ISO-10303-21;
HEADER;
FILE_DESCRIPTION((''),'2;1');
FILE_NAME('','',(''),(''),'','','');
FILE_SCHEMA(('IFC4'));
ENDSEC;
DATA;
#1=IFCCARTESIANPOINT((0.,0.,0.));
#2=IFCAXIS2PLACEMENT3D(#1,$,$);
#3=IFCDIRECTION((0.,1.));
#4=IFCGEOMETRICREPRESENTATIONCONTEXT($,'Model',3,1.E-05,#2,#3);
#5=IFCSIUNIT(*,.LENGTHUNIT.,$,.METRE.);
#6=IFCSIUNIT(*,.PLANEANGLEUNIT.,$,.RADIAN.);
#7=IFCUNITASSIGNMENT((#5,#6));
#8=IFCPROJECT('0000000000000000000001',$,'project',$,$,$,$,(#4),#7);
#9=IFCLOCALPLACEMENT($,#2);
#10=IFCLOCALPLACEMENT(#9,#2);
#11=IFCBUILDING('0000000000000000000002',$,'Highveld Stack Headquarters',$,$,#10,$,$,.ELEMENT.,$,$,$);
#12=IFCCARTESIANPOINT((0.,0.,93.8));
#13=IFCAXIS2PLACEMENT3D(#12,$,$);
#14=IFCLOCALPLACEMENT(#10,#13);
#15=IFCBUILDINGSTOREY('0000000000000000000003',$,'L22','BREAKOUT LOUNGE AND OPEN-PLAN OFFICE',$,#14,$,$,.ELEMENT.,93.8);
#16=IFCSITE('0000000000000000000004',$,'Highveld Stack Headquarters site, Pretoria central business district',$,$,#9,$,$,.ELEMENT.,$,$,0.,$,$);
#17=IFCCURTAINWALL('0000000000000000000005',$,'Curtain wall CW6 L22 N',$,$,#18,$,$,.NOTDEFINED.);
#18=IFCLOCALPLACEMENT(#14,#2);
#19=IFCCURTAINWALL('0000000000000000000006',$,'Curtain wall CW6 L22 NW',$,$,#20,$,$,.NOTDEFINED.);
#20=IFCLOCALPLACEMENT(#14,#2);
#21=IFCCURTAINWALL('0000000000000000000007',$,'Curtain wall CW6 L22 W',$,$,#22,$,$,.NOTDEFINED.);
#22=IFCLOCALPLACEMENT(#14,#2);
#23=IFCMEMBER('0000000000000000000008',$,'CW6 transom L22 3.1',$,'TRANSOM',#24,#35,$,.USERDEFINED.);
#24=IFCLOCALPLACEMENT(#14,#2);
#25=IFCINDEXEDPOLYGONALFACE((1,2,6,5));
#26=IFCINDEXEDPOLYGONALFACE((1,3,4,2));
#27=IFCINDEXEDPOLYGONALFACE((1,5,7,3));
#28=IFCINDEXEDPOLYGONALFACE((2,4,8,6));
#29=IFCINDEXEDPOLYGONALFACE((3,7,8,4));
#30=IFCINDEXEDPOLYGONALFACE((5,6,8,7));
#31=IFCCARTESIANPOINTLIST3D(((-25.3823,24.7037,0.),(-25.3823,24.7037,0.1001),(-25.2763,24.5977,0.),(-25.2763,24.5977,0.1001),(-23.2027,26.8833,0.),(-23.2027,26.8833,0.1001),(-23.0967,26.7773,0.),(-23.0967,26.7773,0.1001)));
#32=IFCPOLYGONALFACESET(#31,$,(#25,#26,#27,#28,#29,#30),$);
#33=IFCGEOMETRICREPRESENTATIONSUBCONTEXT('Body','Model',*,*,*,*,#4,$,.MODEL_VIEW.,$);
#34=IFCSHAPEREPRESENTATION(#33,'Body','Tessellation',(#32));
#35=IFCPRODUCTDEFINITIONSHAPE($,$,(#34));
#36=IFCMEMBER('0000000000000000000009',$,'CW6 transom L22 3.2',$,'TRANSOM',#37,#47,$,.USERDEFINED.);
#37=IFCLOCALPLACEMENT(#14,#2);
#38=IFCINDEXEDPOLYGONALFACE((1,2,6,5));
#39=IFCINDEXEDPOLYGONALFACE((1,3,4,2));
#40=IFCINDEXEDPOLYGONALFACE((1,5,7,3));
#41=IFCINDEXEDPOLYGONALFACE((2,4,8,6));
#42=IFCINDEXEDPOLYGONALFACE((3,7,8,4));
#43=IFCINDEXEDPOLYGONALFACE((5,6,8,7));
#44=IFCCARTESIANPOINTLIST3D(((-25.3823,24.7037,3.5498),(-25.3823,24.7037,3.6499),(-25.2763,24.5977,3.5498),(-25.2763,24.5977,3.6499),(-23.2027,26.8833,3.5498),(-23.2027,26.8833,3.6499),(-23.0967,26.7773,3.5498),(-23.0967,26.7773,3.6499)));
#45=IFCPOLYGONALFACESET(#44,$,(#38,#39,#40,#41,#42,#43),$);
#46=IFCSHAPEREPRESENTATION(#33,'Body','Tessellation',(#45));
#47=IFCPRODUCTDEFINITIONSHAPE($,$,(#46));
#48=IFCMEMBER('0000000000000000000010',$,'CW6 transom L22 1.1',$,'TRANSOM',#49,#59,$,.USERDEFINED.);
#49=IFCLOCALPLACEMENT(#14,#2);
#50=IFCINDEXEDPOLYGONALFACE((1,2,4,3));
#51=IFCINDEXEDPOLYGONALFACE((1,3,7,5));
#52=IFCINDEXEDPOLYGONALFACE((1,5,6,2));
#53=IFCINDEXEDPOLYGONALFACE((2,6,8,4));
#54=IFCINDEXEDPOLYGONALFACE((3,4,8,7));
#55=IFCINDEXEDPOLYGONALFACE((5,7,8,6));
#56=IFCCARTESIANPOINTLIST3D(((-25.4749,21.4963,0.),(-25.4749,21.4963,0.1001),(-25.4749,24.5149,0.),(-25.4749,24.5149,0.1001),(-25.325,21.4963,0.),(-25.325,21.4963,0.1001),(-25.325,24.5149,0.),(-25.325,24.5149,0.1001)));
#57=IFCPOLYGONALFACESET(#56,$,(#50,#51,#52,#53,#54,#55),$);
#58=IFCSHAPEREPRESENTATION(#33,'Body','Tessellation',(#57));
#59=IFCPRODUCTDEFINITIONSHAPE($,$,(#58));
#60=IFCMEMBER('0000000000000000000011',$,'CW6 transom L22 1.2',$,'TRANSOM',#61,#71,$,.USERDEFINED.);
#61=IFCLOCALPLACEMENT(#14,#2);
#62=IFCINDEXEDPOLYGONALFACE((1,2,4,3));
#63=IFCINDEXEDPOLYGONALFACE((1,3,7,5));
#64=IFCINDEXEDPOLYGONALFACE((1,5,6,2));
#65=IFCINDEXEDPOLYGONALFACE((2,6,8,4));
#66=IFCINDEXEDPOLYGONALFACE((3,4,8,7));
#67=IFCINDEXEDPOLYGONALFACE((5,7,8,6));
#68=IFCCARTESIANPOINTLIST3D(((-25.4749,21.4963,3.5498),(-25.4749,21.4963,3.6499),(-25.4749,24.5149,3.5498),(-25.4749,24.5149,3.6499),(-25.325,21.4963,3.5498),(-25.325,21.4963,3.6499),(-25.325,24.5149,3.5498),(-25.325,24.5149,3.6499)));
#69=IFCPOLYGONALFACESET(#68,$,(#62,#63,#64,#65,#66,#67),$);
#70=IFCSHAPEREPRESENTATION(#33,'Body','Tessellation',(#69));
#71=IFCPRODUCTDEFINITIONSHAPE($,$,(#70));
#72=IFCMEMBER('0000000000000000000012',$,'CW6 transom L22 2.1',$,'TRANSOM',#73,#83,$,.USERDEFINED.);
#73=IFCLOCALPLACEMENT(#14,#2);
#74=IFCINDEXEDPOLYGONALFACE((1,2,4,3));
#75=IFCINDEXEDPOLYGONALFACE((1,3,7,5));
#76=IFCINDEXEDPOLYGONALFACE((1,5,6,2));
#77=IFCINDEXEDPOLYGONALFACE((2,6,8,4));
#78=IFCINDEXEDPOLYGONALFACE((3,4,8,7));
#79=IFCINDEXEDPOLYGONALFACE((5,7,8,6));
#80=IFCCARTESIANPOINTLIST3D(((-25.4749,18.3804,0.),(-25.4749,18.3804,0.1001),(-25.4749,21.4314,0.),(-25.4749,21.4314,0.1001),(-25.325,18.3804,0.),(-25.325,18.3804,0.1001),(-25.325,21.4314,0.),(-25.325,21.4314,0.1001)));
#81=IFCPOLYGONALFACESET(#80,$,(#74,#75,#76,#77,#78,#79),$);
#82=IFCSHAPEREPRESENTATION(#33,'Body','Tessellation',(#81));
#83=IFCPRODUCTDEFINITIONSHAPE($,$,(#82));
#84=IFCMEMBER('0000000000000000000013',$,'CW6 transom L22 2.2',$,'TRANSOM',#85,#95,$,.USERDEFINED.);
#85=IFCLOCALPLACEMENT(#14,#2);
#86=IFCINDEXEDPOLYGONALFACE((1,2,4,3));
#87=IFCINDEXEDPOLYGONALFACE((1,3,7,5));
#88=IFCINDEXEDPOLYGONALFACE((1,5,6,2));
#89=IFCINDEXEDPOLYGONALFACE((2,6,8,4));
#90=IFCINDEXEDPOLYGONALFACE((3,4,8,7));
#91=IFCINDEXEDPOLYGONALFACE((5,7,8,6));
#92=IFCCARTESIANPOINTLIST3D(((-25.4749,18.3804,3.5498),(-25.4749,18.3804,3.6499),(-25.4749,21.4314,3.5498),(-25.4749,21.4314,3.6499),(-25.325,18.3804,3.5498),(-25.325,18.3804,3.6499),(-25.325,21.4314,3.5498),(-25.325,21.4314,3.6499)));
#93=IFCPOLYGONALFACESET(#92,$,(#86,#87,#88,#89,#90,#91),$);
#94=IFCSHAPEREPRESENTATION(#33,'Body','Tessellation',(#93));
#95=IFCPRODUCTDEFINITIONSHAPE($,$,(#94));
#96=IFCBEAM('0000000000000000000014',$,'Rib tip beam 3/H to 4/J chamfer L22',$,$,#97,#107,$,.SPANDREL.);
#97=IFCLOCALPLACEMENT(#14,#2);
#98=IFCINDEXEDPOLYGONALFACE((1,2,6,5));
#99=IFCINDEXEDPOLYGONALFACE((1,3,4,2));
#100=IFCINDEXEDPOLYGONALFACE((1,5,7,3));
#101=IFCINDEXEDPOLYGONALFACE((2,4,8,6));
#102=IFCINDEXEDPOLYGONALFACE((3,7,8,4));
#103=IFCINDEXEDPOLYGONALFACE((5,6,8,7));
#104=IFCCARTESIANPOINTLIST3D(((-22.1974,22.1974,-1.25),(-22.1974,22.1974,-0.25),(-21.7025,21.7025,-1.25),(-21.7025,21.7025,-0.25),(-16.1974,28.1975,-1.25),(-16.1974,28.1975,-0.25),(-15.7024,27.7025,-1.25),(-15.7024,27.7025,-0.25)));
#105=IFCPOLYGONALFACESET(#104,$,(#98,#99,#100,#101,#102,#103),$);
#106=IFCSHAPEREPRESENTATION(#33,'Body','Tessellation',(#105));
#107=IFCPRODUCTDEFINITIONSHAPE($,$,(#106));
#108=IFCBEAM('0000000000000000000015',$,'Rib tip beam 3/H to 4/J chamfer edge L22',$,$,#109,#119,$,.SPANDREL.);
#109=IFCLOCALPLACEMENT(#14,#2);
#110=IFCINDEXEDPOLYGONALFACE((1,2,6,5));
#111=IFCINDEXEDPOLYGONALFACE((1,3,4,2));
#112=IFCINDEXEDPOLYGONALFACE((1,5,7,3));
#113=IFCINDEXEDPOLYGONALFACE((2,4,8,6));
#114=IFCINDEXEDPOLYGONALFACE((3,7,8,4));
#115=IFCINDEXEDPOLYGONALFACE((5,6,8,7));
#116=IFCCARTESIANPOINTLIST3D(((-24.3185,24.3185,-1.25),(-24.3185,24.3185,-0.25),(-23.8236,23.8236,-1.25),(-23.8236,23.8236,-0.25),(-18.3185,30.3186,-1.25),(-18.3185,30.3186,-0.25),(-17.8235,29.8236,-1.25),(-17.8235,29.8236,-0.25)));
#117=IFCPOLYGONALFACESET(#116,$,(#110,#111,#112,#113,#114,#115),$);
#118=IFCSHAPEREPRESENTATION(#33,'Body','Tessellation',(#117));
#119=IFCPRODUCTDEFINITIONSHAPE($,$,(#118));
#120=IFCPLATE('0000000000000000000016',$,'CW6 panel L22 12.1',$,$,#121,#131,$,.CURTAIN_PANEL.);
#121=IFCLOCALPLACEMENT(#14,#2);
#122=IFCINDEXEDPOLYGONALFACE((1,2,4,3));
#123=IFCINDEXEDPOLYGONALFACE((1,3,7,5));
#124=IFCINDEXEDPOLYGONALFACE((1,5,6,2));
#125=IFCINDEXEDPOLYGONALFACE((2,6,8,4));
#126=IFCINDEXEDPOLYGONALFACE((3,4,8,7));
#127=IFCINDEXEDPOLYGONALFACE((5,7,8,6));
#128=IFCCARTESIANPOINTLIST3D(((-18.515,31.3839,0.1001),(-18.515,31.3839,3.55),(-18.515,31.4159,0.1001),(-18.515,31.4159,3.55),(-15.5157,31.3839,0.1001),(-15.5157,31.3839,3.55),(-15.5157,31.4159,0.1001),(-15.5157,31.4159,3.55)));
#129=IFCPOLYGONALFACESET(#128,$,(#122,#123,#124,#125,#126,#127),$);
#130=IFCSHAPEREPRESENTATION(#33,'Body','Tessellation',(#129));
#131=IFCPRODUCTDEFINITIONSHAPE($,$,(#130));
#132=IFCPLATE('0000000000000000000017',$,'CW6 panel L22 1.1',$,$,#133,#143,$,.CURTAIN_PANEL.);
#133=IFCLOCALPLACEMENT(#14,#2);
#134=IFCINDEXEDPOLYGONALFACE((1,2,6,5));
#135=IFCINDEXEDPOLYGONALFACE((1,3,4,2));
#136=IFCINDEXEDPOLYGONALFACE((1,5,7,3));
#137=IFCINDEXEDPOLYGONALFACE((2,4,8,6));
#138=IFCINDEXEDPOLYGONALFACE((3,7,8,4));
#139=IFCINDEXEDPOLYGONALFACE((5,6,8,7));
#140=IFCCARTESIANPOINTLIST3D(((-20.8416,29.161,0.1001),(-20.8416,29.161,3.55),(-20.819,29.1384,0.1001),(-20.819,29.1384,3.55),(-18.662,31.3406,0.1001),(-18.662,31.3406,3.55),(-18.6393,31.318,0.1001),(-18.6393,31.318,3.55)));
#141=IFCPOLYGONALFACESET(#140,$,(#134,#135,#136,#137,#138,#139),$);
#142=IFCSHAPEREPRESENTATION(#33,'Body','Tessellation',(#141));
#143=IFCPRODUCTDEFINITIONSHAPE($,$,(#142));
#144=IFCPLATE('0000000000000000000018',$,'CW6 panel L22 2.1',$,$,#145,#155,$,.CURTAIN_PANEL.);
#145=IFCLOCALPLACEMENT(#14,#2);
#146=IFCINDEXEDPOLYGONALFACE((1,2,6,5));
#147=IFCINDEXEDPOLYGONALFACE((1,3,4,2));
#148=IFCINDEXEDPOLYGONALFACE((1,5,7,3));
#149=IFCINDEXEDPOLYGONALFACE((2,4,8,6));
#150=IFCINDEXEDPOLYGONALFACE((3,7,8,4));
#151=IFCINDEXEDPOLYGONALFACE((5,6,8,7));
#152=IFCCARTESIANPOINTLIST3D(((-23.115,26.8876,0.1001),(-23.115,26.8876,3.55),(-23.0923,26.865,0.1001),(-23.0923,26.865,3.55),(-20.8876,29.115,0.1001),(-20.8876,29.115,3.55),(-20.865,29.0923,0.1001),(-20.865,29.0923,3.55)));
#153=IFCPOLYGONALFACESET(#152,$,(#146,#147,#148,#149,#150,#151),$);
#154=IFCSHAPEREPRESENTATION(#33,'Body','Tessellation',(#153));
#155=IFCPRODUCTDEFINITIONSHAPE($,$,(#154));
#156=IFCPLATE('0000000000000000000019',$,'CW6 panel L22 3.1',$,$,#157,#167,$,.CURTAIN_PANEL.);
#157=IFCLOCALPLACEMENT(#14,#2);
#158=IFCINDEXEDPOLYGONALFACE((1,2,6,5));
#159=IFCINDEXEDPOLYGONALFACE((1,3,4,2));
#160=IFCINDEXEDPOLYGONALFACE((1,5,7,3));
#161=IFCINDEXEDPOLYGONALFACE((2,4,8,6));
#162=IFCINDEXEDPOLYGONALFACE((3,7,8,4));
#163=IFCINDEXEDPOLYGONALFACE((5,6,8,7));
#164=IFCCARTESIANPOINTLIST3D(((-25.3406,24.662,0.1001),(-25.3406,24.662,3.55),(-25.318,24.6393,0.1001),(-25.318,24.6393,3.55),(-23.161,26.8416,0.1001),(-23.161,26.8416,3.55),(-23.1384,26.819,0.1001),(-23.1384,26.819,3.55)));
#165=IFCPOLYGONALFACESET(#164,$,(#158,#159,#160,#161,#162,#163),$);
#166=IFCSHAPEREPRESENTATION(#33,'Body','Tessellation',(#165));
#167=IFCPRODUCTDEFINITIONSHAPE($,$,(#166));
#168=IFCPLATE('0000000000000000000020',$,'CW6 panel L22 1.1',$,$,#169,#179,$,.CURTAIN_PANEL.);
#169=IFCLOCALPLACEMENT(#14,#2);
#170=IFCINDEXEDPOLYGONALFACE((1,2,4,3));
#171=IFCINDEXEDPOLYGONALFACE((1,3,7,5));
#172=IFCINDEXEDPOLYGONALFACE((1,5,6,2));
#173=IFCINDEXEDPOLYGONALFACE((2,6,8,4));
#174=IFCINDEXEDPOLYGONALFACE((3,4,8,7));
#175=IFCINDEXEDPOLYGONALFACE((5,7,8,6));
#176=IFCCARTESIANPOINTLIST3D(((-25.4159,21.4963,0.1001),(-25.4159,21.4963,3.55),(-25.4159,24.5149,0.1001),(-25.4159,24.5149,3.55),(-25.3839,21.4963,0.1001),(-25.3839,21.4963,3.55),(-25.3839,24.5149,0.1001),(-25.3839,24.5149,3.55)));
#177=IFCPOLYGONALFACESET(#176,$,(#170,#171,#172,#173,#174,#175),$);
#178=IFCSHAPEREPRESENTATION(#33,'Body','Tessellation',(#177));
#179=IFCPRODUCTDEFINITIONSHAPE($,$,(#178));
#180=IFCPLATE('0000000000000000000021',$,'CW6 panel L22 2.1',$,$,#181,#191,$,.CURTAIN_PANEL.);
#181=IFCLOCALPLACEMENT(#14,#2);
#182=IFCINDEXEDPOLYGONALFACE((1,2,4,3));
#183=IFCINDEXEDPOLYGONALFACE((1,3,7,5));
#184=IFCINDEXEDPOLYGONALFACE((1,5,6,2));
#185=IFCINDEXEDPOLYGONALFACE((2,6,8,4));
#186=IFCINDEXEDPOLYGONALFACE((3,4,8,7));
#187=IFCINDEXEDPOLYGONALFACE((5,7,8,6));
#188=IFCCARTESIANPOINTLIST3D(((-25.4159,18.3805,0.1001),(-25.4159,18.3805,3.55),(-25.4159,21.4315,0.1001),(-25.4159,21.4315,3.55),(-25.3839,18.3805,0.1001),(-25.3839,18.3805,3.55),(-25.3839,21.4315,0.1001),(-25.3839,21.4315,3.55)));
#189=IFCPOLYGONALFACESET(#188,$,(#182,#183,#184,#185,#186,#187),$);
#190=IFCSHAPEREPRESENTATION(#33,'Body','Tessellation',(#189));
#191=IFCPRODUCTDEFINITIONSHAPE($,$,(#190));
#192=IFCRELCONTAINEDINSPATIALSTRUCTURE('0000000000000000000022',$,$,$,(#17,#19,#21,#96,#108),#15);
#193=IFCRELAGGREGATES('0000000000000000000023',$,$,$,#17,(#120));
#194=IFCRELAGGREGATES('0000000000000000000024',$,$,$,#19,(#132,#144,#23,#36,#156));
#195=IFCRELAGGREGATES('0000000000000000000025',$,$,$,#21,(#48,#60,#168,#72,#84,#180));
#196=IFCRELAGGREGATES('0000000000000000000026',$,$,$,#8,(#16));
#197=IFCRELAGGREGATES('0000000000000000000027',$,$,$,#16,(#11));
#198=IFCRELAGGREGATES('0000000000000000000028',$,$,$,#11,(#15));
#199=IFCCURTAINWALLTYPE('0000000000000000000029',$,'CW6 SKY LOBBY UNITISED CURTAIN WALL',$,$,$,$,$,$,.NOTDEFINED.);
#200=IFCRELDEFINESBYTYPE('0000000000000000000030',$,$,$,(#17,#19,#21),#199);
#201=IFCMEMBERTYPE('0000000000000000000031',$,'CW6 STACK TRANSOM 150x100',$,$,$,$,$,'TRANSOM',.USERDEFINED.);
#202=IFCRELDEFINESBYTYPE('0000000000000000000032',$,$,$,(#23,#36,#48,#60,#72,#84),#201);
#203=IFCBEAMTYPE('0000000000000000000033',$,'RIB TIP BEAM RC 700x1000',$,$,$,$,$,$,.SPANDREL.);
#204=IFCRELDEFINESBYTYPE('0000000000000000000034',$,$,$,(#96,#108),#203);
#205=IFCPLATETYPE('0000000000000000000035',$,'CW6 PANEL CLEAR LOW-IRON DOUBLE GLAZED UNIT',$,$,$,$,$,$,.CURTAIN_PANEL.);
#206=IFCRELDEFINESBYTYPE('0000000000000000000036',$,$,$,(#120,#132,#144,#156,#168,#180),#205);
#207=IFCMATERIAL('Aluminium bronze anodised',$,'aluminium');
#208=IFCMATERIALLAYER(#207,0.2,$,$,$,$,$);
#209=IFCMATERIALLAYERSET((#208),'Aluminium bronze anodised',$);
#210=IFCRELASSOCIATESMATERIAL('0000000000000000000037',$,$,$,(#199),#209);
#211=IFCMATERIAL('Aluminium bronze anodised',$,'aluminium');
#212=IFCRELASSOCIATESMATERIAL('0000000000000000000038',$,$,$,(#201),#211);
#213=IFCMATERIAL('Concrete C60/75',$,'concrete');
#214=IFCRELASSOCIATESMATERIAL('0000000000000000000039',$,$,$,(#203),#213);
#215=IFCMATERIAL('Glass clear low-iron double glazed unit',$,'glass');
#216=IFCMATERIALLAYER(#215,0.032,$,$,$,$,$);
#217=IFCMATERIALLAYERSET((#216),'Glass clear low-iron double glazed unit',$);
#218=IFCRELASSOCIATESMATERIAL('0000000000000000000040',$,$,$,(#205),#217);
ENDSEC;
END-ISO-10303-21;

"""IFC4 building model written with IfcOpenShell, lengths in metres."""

from ifc_helpers import new_model, si_unit, direction, frame, origin, origin_2d, place, context, subcontext, project, spatial, rectangle, extrude, material, layer, layer_set, material_profile, profile_set, type_object, element, aggregate, save


model = new_model("IFC4")

# Units and contexts
model_context = context("Model", 3, precision=1e-05, world=origin(), true_north=direction((0.0, 1.0)))
body_context = subcontext(model_context, "Body", "Model", "MODEL_VIEW")
ifc_project = project(units=[si_unit("LENGTHUNIT", "METRE"), si_unit("PLANEANGLEUNIT", "RADIAN")], contexts=[model_context])

# Site, building, storey
site_placement = place(None, origin())
site = spatial("IfcSite", under=ifc_project, at=site_placement, Name="Highveld Stack Headquarters site, Pretoria central business district", CompositionType="ELEMENT", RefElevation=0.0)
building_placement = place(site_placement, origin())
building = spatial("IfcBuilding", under=site, at=building_placement, Name="Highveld Stack Headquarters", CompositionType="ELEMENT")
storey_placement = place(building_placement, frame((0.0, 0.0, 93.8)))
storey = spatial("IfcBuildingStorey", under=building, at=storey_placement, Name="L22", Description="BREAKOUT LOUNGE AND OPEN-PLAN OFFICE", CompositionType="ELEMENT", Elevation=93.8)

# Curtain wall
ifc_material_1 = material(Name="Aluminium bronze anodised", Category="aluminium")
ifc_layer_1 = layer(ifc_material_1, 0.2)
ifc_layer_set_1 = layer_set([ifc_layer_1], Name="Aluminium bronze anodised")
curtain_wall_type = type_object("IfcCurtainWallType", Name="CW6 SKY LOBBY UNITISED CURTAIN WALL", PredefinedType="NOTDEFINED", material=ifc_layer_set_1)
curtain_wall_1_placement = place(storey_placement, origin())
curtain_wall_1 = element("IfcCurtainWall", 1, at=curtain_wall_1_placement, inside=storey, type_object=curtain_wall_type, Name="Curtain wall CW6 L22 N", PredefinedType="NOTDEFINED")

# Curtain walls
curtain_wall_2_placement = place(storey_placement, origin())
curtain_wall_2 = element("IfcCurtainWall", 2, at=curtain_wall_2_placement, inside=storey, type_object=curtain_wall_type, Name="Curtain wall CW6 L22 NW", PredefinedType="NOTDEFINED")
curtain_wall_3_placement = place(storey_placement, origin())
curtain_wall_3 = element("IfcCurtainWall", 3, at=curtain_wall_3_placement, inside=storey, type_object=curtain_wall_type, Name="Curtain wall CW6 L22 W", PredefinedType="NOTDEFINED")

# Members
ifc_material_2 = material(Name="Aluminium bronze anodised", Category="aluminium")
ifc_material_profile_1 = material_profile(ifc_material_2, rectangle(XDim=0.1499, YDim=0.1001, at=origin_2d()), Name="CW6 TRANSOM 150x100")
ifc_profile_set_1 = profile_set([ifc_material_profile_1], Name="Aluminium bronze anodised")
member_type_1 = type_object("IfcMemberType", Name="CW6 STACK TRANSOM 150x100", ElementType="TRANSOM", PredefinedType="USERDEFINED", material=ifc_profile_set_1)
member_1_placement = place(storey_placement, frame((-23.1497, 26.8303, 0.05), z_axis=(-0.707107, -0.707107, 0.0), x_axis=(0.707107, -0.707107, 0.0)))
member_1 = element("IfcMember", 4, at=member_1_placement, type_object=member_type_1, Name="CW6 transom L22 3.1", ObjectType="TRANSOM", PredefinedType="USERDEFINED", context=body_context, shape_type="SweptSolid", body=[
    extrude(rectangle(XDim=0.1499, YDim=0.1001, at=origin_2d()), origin(), (0.0, 0.0, 1.0), 3.0825),
])
member_2_placement = place(storey_placement, frame((-23.1497, 26.8303, 3.5999), z_axis=(-0.707107, -0.707107, 0.0), x_axis=(0.707107, -0.707107, 0.0)))
member_2 = element("IfcMember", 5, at=member_2_placement, type_object=member_type_1, Name="CW6 transom L22 3.2", ObjectType="TRANSOM", PredefinedType="USERDEFINED", context=body_context, shape_type="SweptSolid", body=[
    extrude(rectangle(XDim=0.1499, YDim=0.1001, at=origin_2d()), origin(), (0.0, 0.0, 1.0), 3.0825),
])
member_3_placement = place(storey_placement, frame((-25.3999, 24.5149, 0.05), z_axis=(0.0, -1.0, 0.0), x_axis=(1.0, 0.0, 0.0)))
member_3 = element("IfcMember", 6, at=member_3_placement, type_object=member_type_1, Name="CW6 transom L22 1.1", ObjectType="TRANSOM", PredefinedType="USERDEFINED", context=body_context, shape_type="SweptSolid", body=[
    extrude(rectangle(XDim=0.1499, YDim=0.1001, at=origin_2d()), origin(), (0.0, 0.0, 1.0), 3.0186),
])
member_4_placement = place(storey_placement, frame((-25.3999, 24.5149, 3.5999), z_axis=(0.0, -1.0, 0.0), x_axis=(1.0, 0.0, 0.0)))
member_4 = element("IfcMember", 7, at=member_4_placement, type_object=member_type_1, Name="CW6 transom L22 1.2", ObjectType="TRANSOM", PredefinedType="USERDEFINED", context=body_context, shape_type="SweptSolid", body=[
    extrude(rectangle(XDim=0.1499, YDim=0.1001, at=origin_2d()), origin(), (0.0, 0.0, 1.0), 3.0186),
])
member_5_placement = place(storey_placement, frame((-25.3999, 21.4314, 0.05), z_axis=(0.0, -1.0, 0.0), x_axis=(1.0, 0.0, 0.0)))
member_5 = element("IfcMember", 8, at=member_5_placement, type_object=member_type_1, Name="CW6 transom L22 2.1", ObjectType="TRANSOM", PredefinedType="USERDEFINED", context=body_context, shape_type="SweptSolid", body=[
    extrude(rectangle(XDim=0.1499, YDim=0.1001, at=origin_2d()), origin(), (0.0, 0.0, 1.0), 3.051),
])
member_6_placement = place(storey_placement, frame((-25.3999, 21.4314, 3.5999), z_axis=(0.0, -1.0, 0.0), x_axis=(1.0, 0.0, 0.0)))
member_6 = element("IfcMember", 9, at=member_6_placement, type_object=member_type_1, Name="CW6 transom L22 2.2", ObjectType="TRANSOM", PredefinedType="USERDEFINED", context=body_context, shape_type="SweptSolid", body=[
    extrude(rectangle(XDim=0.1499, YDim=0.1001, at=origin_2d()), origin(), (0.0, 0.0, 1.0), 3.051),
])

# Beams
ifc_material_3 = material(Name="Concrete C60/75", Category="concrete")
ifc_material_profile_2 = material_profile(ifc_material_3, rectangle(XDim=0.7, YDim=1.0, at=origin_2d()), Name="RC 700x1000")
ifc_profile_set_2 = profile_set([ifc_material_profile_2], Name="Concrete C60/75")
beam_type = type_object("IfcBeamType", Name="RIB TIP BEAM RC 700x1000", PredefinedType="SPANDREL", material=ifc_profile_set_2)
for number, where, z_axis, x_axis, name in (
    (10, (-21.95, 21.95, -0.75), (0.707107, 0.707107, 0.0), (-0.707107, 0.707107, 0.0), "Rib tip beam 3/H to 4/J chamfer L22"),
    (11, (-24.071, 24.071, -0.75), (0.707107, 0.707107, 0.0), (-0.707107, 0.707107, 0.0), "Rib tip beam 3/H to 4/J chamfer edge L22"),
):
    element("IfcBeam", number, at=place(storey_placement, frame(where, z_axis=z_axis, x_axis=x_axis)), inside=storey, type_object=beam_type, Name=name, PredefinedType="SPANDREL", context=body_context, shape_type="SweptSolid", body=[
        extrude(rectangle(XDim=0.7, YDim=1.0, at=origin_2d()), origin(), (0.0, 0.0, 1.0), 8.4854),
    ])

# Plates
ifc_material_4 = material(Name="Glass clear low-iron double glazed unit", Category="glass")
ifc_layer_2 = layer(ifc_material_4, 0.032)
ifc_layer_set_2 = layer_set([ifc_layer_2], Name="Glass clear low-iron double glazed unit")
plate_type = type_object("IfcPlateType", Name="CW6 PANEL CLEAR LOW-IRON DOUBLE GLAZED UNIT", PredefinedType="CURTAIN_PANEL", material=ifc_layer_set_2)
plate_1_placement = place(storey_placement, frame((-17.0154, 31.3999, 0.1001), z_axis=(0.0, 0.0, 1.0), x_axis=(-1.0, 0.0, 0.0)))
plate_1 = element("IfcPlate", 12, at=plate_1_placement, type_object=plate_type, Name="CW6 panel L22 12.1", PredefinedType="CURTAIN_PANEL", context=body_context, shape_type="SweptSolid", body=[
    extrude(rectangle(XDim=2.9993, YDim=0.032, at=origin_2d()), origin(), (0.0, 0.0, 1.0), 3.45),
])
aggregate(curtain_wall_1, [plate_1])
plate_2_placement = place(storey_placement, frame((-19.7405, 30.2395, 0.1001), z_axis=(0.0, 0.0, 1.0), x_axis=(-0.707107, -0.707107, 0.0)))
plate_2 = element("IfcPlate", 13, at=plate_2_placement, type_object=plate_type, Name="CW6 panel L22 1.1", PredefinedType="CURTAIN_PANEL", context=body_context, shape_type="SweptSolid", body=[
    extrude(rectangle(XDim=3.0825, YDim=0.032, at=origin_2d()), origin(), (0.0, 0.0, 1.0), 3.45),
])
plate_3_placement = place(storey_placement, frame((-21.99, 27.99, 0.1001), z_axis=(0.0, 0.0, 1.0), x_axis=(-0.707107, -0.707107, 0.0)))
plate_3 = element("IfcPlate", 14, at=plate_3_placement, type_object=plate_type, Name="CW6 panel L22 2.1", PredefinedType="CURTAIN_PANEL", context=body_context, shape_type="SweptSolid", body=[
    extrude(rectangle(XDim=3.1499, YDim=0.032, at=origin_2d()), origin(), (0.0, 0.0, 1.0), 3.45),
])
plate_4_placement = place(storey_placement, frame((-24.2395, 25.7405, 0.1001), z_axis=(0.0, 0.0, 1.0), x_axis=(-0.707107, -0.707107, 0.0)))
plate_4 = element("IfcPlate", 15, at=plate_4_placement, type_object=plate_type, Name="CW6 panel L22 3.1", PredefinedType="CURTAIN_PANEL", context=body_context, shape_type="SweptSolid", body=[
    extrude(rectangle(XDim=3.0825, YDim=0.032, at=origin_2d()), origin(), (0.0, 0.0, 1.0), 3.45),
])
aggregate(curtain_wall_2, [plate_2, plate_3, member_1, member_2, plate_4])
plate_5_placement = place(storey_placement, frame((-25.3999, 23.0056, 0.1001), z_axis=(0.0, 0.0, 1.0), x_axis=(0.0, -1.0, 0.0)))
plate_5 = element("IfcPlate", 16, at=plate_5_placement, type_object=plate_type, Name="CW6 panel L22 1.1", PredefinedType="CURTAIN_PANEL", context=body_context, shape_type="SweptSolid", body=[
    extrude(rectangle(XDim=3.0186, YDim=0.032, at=origin_2d()), origin(), (0.0, 0.0, 1.0), 3.45),
])
plate_6_placement = place(storey_placement, frame((-25.3999, 19.906, 0.1001), z_axis=(0.0, 0.0, 1.0), x_axis=(0.0, -1.0, 0.0)))
plate_6 = element("IfcPlate", 17, at=plate_6_placement, type_object=plate_type, Name="CW6 panel L22 2.1", PredefinedType="CURTAIN_PANEL", context=body_context, shape_type="SweptSolid", body=[
    extrude(rectangle(XDim=3.051, YDim=0.032, at=origin_2d()), origin(), (0.0, 0.0, 1.0), 3.45),
])
aggregate(curtain_wall_3, [member_3, member_4, plate_5, member_5, member_6, plate_6])

save(model, "model.ifc")
